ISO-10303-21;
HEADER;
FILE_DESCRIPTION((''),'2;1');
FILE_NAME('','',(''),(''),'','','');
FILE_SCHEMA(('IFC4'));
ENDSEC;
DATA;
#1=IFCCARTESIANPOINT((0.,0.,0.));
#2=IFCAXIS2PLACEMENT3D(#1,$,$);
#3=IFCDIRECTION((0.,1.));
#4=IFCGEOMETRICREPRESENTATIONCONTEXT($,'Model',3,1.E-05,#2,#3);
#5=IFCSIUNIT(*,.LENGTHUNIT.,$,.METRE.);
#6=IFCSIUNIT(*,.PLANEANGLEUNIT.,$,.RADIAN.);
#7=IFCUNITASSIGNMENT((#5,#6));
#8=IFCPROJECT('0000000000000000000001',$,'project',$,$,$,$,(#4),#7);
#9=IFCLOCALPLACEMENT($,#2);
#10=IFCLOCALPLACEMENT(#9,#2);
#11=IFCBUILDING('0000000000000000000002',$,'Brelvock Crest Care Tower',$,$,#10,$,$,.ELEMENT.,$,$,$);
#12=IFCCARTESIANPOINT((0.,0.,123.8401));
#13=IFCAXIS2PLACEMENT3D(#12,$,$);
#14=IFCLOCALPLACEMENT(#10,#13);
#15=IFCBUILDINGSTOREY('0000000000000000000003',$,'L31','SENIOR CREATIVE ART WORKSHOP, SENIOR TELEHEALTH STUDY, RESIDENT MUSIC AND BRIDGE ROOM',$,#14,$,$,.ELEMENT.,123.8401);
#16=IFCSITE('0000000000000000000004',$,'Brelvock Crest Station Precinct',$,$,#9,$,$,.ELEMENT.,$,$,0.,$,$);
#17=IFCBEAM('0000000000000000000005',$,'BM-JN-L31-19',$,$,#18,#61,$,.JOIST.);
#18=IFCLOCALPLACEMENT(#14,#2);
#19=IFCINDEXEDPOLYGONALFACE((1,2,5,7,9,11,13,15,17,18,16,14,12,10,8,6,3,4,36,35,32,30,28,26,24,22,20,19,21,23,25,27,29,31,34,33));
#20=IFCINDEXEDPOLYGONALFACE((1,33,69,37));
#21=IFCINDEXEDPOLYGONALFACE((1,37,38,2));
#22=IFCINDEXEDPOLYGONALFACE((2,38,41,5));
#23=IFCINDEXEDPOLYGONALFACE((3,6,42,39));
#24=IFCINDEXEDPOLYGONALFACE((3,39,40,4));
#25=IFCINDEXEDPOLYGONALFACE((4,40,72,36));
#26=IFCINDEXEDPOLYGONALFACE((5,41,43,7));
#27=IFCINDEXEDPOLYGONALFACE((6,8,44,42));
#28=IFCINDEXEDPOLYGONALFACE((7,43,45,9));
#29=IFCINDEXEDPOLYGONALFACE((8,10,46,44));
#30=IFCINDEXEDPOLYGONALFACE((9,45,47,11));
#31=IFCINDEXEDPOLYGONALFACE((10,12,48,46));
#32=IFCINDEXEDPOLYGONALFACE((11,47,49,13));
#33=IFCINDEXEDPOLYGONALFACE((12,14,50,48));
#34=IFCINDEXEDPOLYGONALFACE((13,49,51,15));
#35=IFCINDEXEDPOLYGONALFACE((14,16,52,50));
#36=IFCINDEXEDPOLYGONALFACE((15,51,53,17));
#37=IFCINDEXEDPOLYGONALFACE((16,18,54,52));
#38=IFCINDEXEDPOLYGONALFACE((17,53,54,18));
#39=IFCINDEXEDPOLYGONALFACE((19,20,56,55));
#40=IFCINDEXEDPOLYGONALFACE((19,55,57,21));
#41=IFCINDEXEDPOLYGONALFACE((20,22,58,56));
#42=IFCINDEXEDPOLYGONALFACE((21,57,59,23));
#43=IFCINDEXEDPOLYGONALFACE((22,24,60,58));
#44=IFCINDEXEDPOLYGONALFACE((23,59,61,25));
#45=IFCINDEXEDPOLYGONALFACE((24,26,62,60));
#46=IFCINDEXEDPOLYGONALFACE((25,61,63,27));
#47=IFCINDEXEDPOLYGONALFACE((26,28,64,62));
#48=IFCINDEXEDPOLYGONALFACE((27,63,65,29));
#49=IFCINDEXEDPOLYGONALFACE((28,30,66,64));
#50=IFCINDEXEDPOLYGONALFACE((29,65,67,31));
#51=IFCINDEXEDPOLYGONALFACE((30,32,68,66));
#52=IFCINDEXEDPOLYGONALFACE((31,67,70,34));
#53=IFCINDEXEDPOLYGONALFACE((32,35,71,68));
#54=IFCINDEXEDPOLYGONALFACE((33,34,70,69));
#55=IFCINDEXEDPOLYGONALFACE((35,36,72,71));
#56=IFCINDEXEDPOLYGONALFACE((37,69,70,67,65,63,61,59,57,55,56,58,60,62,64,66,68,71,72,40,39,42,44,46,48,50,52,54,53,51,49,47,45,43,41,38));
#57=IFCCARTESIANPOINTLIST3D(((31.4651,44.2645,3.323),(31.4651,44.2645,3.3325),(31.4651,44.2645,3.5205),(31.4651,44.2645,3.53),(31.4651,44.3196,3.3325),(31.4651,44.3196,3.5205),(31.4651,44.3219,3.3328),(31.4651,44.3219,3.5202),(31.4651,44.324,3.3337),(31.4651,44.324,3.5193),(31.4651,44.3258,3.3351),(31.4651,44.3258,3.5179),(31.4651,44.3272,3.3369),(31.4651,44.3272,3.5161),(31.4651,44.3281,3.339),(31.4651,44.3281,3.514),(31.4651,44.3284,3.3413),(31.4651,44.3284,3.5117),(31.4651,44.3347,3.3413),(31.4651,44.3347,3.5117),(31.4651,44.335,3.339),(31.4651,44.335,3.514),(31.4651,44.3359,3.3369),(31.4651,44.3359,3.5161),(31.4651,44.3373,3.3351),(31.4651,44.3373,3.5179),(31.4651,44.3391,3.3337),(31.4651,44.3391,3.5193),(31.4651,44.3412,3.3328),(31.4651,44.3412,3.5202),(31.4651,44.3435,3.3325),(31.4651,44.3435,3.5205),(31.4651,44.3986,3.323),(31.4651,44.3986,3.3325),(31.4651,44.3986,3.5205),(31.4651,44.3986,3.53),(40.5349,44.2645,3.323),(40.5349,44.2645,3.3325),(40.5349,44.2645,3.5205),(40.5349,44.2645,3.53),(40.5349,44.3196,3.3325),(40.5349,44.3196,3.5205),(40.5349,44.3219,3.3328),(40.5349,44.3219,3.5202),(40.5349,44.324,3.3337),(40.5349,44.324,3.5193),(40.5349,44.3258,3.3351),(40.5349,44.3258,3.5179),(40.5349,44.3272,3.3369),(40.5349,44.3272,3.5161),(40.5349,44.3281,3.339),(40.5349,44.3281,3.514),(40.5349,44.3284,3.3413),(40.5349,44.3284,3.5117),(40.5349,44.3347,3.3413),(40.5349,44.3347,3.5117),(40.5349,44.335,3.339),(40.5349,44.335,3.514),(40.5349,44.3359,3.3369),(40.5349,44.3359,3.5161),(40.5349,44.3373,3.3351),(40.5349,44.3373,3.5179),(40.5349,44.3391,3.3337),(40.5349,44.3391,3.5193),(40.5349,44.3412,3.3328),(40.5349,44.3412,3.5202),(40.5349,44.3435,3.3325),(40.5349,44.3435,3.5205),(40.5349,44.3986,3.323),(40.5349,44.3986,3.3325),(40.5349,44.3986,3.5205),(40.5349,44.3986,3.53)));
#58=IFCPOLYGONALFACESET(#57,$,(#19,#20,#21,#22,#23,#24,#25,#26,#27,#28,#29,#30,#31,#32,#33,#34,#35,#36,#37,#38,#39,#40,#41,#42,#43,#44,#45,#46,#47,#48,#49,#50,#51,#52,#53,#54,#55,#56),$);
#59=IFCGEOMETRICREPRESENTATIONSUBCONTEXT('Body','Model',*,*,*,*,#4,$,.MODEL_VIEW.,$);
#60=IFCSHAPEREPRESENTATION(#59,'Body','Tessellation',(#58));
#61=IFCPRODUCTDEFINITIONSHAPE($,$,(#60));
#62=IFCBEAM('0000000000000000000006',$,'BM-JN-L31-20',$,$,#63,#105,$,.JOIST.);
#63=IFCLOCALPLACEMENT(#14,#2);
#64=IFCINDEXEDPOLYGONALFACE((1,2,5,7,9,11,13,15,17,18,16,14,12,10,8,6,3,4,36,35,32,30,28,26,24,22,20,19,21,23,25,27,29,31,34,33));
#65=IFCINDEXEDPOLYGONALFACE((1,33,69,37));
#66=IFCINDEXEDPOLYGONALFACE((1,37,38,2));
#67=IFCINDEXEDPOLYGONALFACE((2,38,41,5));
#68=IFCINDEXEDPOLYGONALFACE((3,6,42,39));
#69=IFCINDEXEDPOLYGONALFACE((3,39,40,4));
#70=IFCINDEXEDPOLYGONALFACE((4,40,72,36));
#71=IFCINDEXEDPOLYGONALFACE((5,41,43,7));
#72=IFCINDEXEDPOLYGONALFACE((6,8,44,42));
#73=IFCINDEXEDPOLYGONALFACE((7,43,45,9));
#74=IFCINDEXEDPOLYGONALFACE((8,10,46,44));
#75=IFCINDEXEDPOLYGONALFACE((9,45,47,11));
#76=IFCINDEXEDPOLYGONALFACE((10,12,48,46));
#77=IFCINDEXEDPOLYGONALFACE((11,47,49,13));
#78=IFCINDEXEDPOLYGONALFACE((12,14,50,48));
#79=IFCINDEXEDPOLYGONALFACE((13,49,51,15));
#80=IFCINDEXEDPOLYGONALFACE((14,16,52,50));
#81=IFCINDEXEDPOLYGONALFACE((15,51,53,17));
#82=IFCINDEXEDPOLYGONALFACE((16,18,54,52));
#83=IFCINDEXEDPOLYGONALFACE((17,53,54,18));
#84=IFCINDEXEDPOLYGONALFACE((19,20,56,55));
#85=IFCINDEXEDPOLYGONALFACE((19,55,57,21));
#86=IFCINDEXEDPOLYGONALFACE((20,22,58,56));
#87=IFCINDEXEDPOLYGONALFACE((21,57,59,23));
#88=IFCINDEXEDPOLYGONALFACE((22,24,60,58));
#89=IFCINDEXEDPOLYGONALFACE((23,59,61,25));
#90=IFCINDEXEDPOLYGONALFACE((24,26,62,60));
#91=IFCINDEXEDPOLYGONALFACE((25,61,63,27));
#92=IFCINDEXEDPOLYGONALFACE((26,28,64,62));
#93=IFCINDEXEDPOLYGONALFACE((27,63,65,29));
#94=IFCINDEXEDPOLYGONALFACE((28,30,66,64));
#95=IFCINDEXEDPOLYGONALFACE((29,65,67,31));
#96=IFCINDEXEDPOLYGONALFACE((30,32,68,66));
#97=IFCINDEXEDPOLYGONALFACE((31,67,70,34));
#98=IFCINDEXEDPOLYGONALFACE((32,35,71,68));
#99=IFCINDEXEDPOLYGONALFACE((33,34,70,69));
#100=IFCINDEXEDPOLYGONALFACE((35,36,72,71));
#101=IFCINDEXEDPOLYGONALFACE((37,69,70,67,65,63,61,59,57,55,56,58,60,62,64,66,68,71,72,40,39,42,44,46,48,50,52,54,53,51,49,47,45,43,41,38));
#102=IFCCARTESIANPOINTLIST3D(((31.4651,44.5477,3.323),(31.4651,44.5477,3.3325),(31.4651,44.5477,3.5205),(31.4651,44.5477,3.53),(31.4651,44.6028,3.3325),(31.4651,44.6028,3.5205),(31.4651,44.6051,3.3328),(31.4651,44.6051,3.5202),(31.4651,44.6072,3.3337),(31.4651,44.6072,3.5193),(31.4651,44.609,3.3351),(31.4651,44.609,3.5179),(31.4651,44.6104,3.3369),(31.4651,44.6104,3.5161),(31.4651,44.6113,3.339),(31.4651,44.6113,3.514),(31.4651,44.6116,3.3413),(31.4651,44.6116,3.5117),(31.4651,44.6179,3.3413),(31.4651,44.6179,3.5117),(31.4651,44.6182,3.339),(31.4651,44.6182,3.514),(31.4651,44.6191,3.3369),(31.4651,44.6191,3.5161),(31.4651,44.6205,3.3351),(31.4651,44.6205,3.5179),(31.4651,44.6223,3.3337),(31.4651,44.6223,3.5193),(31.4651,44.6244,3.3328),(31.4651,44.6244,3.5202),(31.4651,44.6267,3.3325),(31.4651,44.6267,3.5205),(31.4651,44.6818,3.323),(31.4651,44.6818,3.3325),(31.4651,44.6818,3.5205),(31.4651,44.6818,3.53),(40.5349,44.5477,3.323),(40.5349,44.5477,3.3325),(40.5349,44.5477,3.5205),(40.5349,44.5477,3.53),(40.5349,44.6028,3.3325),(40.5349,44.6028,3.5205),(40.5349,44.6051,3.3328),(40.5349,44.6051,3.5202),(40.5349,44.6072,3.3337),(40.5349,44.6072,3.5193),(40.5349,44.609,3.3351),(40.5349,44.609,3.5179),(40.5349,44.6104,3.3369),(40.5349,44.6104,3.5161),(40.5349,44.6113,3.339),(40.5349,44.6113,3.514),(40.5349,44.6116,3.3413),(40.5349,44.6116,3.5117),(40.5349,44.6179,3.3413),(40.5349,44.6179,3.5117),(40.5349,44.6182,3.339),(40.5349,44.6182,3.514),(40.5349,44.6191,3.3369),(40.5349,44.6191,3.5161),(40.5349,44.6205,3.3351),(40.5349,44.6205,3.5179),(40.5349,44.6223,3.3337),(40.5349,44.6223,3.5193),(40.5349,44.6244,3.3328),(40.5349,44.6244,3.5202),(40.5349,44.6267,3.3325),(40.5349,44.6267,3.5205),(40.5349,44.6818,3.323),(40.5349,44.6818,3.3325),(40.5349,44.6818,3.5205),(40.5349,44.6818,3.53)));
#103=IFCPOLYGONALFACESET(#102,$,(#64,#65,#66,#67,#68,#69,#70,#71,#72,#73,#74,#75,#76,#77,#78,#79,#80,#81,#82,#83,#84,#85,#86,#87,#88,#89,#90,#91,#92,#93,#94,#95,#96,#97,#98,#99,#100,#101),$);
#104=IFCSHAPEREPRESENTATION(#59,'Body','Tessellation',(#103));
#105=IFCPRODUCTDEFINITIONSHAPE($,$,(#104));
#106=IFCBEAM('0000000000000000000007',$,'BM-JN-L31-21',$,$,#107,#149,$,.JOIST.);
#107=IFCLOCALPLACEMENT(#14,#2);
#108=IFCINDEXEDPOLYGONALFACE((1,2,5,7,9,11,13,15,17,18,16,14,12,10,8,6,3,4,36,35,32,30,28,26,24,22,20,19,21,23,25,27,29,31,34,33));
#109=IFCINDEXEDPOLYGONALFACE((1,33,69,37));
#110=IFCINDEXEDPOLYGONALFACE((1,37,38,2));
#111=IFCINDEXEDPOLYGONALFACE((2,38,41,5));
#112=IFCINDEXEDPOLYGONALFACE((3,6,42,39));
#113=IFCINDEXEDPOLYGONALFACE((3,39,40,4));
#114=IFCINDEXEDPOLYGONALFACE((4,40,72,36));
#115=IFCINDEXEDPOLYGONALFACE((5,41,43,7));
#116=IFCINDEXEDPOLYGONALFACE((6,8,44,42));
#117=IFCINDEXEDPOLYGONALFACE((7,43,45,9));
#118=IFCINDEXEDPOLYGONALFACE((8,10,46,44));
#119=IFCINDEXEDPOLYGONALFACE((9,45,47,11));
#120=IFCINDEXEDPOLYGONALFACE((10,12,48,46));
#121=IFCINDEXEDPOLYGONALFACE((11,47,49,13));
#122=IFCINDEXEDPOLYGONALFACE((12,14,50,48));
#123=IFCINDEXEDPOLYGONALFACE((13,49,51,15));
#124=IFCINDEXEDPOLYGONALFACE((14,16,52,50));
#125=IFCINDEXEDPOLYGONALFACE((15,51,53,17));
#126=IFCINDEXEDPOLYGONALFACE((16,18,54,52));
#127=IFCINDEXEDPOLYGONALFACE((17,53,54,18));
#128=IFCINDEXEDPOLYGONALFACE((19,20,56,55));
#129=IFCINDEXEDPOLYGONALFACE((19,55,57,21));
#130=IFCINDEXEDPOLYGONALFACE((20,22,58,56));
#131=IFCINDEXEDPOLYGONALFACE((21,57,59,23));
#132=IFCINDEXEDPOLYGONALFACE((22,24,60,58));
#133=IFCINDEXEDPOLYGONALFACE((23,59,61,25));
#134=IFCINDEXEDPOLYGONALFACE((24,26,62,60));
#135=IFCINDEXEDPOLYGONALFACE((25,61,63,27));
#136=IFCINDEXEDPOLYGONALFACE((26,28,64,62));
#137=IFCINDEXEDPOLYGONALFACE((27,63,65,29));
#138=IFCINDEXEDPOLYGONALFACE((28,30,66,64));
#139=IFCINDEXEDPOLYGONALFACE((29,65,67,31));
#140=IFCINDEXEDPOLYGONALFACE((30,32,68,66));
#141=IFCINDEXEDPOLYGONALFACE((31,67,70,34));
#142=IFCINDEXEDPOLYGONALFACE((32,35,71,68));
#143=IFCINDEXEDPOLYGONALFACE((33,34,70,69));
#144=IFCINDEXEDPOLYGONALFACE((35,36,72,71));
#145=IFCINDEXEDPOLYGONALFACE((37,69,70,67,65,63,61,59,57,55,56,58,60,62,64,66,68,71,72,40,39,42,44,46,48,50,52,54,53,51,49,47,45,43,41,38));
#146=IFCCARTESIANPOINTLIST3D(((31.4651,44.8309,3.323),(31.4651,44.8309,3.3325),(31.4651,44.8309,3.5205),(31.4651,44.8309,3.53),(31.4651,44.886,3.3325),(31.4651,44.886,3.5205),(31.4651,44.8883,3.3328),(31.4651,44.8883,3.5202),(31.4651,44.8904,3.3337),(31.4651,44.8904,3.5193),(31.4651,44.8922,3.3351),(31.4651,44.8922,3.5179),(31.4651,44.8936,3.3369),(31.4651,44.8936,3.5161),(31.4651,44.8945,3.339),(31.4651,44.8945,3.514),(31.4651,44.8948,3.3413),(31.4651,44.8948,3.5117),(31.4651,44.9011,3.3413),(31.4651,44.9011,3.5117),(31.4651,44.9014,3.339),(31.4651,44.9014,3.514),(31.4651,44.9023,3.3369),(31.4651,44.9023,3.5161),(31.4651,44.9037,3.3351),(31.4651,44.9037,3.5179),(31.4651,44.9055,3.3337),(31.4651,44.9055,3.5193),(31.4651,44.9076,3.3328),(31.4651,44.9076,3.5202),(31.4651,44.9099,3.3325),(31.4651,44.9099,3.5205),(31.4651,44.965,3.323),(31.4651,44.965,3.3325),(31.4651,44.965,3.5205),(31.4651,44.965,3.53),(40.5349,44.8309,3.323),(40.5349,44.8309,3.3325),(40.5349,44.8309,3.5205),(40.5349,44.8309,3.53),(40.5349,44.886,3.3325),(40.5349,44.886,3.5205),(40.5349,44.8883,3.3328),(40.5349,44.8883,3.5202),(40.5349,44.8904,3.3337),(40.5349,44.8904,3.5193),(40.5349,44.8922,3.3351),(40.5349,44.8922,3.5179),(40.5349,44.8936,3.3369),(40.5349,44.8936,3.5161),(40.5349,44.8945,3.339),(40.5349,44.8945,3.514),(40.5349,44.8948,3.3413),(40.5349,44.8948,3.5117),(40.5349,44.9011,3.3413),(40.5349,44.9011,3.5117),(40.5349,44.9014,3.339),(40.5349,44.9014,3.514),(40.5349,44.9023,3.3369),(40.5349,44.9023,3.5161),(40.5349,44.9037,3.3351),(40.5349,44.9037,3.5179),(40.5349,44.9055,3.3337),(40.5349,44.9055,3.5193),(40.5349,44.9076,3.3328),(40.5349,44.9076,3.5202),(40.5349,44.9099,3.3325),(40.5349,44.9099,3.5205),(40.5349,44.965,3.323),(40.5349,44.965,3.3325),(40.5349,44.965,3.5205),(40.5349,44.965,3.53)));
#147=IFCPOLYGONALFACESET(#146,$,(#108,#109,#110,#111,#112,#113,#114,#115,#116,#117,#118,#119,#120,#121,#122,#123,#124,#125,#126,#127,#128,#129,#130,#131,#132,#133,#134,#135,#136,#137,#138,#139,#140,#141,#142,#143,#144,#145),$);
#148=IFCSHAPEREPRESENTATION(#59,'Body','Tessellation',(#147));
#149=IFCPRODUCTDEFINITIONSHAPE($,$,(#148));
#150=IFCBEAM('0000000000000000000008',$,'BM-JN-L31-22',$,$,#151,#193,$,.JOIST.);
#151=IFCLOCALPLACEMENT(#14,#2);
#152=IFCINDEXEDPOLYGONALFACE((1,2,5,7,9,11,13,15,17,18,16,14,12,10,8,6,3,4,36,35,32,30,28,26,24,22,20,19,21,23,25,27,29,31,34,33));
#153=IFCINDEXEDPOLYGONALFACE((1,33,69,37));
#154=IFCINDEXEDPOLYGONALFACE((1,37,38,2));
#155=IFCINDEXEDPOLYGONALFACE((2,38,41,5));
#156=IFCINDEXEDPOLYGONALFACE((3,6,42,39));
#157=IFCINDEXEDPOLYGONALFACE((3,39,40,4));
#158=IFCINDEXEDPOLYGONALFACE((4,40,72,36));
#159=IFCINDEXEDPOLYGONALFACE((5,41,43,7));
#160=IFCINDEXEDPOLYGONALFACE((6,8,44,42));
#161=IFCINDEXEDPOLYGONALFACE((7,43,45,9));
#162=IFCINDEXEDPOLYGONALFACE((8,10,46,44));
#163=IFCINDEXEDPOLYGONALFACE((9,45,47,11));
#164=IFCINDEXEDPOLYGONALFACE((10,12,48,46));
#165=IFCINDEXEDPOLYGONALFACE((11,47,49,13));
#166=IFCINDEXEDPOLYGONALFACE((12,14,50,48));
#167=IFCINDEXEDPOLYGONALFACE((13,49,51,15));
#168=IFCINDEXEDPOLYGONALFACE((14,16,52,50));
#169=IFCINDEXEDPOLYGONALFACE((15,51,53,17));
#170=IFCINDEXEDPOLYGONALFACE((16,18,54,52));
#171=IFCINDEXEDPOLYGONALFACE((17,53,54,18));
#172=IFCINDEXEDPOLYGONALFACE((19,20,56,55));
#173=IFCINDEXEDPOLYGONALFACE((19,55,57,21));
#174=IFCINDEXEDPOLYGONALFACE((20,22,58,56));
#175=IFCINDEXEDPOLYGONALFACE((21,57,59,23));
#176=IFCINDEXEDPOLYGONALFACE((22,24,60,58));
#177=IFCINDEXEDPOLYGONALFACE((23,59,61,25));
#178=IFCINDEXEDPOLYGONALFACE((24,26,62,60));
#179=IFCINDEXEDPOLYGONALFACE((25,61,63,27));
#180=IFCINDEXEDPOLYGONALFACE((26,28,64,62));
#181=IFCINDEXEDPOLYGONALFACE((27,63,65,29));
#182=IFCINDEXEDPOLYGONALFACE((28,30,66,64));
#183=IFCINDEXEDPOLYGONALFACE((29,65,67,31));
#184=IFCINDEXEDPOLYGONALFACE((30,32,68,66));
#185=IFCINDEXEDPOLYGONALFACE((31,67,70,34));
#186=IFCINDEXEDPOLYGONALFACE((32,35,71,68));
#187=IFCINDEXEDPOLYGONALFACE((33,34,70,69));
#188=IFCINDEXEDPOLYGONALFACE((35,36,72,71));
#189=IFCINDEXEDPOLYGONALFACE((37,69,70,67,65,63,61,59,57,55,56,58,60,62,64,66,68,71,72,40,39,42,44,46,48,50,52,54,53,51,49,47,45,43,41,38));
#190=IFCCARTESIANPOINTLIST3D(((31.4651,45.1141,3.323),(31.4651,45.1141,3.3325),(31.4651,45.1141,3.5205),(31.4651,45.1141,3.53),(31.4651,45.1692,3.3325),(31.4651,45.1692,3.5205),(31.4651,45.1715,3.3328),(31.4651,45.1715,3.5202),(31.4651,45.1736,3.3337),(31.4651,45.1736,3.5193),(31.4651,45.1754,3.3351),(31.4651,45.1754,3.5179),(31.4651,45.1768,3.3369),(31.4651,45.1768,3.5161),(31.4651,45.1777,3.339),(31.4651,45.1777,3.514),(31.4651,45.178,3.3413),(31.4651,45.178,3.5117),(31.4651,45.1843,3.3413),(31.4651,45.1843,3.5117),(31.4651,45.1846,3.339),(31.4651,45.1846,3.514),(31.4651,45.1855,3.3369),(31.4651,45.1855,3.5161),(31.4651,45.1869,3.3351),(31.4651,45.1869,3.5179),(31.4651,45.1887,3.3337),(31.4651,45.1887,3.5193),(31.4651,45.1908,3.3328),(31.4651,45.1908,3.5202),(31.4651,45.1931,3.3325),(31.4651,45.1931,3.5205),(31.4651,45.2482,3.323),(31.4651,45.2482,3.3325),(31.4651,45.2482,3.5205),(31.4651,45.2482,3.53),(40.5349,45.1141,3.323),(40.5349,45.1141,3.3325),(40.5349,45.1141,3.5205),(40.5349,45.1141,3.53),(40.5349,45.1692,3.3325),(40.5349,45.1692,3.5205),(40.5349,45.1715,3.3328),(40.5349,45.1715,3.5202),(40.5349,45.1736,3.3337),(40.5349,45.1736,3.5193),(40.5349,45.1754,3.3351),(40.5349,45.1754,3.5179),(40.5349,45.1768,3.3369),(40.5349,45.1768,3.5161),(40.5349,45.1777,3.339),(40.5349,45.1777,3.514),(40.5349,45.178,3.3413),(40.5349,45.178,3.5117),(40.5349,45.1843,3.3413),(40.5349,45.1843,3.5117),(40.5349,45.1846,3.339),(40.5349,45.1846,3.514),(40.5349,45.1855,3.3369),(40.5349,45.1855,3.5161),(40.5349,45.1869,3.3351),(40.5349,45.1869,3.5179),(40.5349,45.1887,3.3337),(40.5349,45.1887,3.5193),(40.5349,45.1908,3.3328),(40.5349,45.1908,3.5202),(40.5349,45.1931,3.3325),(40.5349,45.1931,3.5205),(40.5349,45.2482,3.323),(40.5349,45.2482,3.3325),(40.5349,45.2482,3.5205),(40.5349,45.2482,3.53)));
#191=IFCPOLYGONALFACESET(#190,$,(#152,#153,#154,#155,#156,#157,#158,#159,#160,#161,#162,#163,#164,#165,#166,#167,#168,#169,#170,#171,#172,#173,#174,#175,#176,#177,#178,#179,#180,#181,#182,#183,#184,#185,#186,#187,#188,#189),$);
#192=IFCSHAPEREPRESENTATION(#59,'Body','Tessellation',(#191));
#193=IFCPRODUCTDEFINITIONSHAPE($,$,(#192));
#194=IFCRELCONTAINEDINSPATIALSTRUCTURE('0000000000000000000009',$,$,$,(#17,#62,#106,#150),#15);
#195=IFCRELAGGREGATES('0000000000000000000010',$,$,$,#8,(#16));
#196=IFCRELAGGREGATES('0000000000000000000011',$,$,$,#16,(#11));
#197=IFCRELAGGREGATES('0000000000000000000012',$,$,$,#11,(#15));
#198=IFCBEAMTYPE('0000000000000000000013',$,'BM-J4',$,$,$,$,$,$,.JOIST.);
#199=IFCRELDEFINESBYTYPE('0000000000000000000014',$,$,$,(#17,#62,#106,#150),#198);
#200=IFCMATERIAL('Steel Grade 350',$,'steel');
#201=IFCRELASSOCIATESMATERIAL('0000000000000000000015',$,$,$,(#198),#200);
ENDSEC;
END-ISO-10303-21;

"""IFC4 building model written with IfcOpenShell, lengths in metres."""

from ifc_helpers import new_model, si_unit, direction, frame, origin, origin_2d, place, context, subcontext, project, spatial, i_section, extrude, source, transform, mapped, material, material_profile, profile_set, type_object, element, save


model = new_model("IFC4")

# Units and contexts
model_context = context("Model", 3, precision=1e-05, world=origin(), true_north=direction((0.0, 1.0)))
body_context = subcontext(model_context, "Body", "Model", "MODEL_VIEW")
ifc_project = project(units=[si_unit("LENGTHUNIT", "METRE"), si_unit("PLANEANGLEUNIT", "RADIAN")], contexts=[model_context])

# Site, building, storey
site_placement = place(None, origin())
site = spatial("IfcSite", under=ifc_project, at=site_placement, Name="Brelvock Crest Station Precinct", CompositionType="ELEMENT", RefElevation=0.0)
building_placement = place(site_placement, origin())
building = spatial("IfcBuilding", under=site, at=building_placement, Name="Brelvock Crest Care Tower", CompositionType="ELEMENT")
storey_placement = place(building_placement, frame((0.0, 0.0, 123.8401)))
storey = spatial("IfcBuildingStorey", under=building, at=storey_placement, Name="L31", Description="SENIOR CREATIVE ART WORKSHOP, SENIOR TELEHEALTH STUDY, RESIDENT MUSIC AND BRIDGE ROOM", CompositionType="ELEMENT", Elevation=123.8401)

# Beams
ifc_material_1 = material(Name="Steel Grade 350", Category="steel")
ifc_material_profile_1 = material_profile(ifc_material_1, i_section(OverallWidth=0.134, OverallDepth=0.207, WebThickness=0.0063, FlangeThickness=0.0095, FilletRadius=0.0088, at=origin_2d()), Name="200UB29.8")
ifc_profile_set_1 = profile_set([ifc_material_profile_1], Name="Steel Grade 350")
beam_type_1 = type_object("IfcBeamType", Name="BM-J4", PredefinedType="JOIST", material=ifc_profile_set_1)
shared_shape_1 = source(origin(), body_context, "Body", "SweptSolid", [
    extrude(i_section(OverallWidth=0.134, OverallDepth=0.207, WebThickness=0.0063, FlangeThickness=0.0095, FilletRadius=0.0088, at=origin_2d()), origin(), (0.0, 0.0, 1.0), 9.0698),
])
for number, where, z_axis, x_axis, name in (
    (1, (31.4651, 44.3315, 3.4265), (1.0, 0.0, 0.0), (0.0, 1.0, 0.0), "BM-JN-L31-19"),
    (2, (31.4651, 44.6147, 3.4265), (1.0, 0.0, 0.0), (0.0, 1.0, 0.0), "BM-JN-L31-20"),
    (3, (31.4651, 44.8979, 3.4265), (1.0, 0.0, 0.0), (0.0, 1.0, 0.0), "BM-JN-L31-21"),
    (4, (31.4651, 45.1812, 3.4265), (1.0, 0.0, 0.0), (0.0, 1.0, 0.0), "BM-JN-L31-22"),
):
    element("IfcBeam", number, at=place(storey_placement, frame(where, z_axis=z_axis, x_axis=x_axis)), inside=storey, type_object=beam_type_1, Name=name, PredefinedType="JOIST", context=body_context, shape_type="MappedRepresentation", body=[
        mapped(shared_shape_1, transform((0.0, 0.0, 0.0), x_axis=(1.0, 0.0, 0.0), y_axis=(0.0, 1.0, 0.0), z_axis=(0.0, 0.0, 1.0), scale=1.0)),
    ])

save(model, "model.ifc")
